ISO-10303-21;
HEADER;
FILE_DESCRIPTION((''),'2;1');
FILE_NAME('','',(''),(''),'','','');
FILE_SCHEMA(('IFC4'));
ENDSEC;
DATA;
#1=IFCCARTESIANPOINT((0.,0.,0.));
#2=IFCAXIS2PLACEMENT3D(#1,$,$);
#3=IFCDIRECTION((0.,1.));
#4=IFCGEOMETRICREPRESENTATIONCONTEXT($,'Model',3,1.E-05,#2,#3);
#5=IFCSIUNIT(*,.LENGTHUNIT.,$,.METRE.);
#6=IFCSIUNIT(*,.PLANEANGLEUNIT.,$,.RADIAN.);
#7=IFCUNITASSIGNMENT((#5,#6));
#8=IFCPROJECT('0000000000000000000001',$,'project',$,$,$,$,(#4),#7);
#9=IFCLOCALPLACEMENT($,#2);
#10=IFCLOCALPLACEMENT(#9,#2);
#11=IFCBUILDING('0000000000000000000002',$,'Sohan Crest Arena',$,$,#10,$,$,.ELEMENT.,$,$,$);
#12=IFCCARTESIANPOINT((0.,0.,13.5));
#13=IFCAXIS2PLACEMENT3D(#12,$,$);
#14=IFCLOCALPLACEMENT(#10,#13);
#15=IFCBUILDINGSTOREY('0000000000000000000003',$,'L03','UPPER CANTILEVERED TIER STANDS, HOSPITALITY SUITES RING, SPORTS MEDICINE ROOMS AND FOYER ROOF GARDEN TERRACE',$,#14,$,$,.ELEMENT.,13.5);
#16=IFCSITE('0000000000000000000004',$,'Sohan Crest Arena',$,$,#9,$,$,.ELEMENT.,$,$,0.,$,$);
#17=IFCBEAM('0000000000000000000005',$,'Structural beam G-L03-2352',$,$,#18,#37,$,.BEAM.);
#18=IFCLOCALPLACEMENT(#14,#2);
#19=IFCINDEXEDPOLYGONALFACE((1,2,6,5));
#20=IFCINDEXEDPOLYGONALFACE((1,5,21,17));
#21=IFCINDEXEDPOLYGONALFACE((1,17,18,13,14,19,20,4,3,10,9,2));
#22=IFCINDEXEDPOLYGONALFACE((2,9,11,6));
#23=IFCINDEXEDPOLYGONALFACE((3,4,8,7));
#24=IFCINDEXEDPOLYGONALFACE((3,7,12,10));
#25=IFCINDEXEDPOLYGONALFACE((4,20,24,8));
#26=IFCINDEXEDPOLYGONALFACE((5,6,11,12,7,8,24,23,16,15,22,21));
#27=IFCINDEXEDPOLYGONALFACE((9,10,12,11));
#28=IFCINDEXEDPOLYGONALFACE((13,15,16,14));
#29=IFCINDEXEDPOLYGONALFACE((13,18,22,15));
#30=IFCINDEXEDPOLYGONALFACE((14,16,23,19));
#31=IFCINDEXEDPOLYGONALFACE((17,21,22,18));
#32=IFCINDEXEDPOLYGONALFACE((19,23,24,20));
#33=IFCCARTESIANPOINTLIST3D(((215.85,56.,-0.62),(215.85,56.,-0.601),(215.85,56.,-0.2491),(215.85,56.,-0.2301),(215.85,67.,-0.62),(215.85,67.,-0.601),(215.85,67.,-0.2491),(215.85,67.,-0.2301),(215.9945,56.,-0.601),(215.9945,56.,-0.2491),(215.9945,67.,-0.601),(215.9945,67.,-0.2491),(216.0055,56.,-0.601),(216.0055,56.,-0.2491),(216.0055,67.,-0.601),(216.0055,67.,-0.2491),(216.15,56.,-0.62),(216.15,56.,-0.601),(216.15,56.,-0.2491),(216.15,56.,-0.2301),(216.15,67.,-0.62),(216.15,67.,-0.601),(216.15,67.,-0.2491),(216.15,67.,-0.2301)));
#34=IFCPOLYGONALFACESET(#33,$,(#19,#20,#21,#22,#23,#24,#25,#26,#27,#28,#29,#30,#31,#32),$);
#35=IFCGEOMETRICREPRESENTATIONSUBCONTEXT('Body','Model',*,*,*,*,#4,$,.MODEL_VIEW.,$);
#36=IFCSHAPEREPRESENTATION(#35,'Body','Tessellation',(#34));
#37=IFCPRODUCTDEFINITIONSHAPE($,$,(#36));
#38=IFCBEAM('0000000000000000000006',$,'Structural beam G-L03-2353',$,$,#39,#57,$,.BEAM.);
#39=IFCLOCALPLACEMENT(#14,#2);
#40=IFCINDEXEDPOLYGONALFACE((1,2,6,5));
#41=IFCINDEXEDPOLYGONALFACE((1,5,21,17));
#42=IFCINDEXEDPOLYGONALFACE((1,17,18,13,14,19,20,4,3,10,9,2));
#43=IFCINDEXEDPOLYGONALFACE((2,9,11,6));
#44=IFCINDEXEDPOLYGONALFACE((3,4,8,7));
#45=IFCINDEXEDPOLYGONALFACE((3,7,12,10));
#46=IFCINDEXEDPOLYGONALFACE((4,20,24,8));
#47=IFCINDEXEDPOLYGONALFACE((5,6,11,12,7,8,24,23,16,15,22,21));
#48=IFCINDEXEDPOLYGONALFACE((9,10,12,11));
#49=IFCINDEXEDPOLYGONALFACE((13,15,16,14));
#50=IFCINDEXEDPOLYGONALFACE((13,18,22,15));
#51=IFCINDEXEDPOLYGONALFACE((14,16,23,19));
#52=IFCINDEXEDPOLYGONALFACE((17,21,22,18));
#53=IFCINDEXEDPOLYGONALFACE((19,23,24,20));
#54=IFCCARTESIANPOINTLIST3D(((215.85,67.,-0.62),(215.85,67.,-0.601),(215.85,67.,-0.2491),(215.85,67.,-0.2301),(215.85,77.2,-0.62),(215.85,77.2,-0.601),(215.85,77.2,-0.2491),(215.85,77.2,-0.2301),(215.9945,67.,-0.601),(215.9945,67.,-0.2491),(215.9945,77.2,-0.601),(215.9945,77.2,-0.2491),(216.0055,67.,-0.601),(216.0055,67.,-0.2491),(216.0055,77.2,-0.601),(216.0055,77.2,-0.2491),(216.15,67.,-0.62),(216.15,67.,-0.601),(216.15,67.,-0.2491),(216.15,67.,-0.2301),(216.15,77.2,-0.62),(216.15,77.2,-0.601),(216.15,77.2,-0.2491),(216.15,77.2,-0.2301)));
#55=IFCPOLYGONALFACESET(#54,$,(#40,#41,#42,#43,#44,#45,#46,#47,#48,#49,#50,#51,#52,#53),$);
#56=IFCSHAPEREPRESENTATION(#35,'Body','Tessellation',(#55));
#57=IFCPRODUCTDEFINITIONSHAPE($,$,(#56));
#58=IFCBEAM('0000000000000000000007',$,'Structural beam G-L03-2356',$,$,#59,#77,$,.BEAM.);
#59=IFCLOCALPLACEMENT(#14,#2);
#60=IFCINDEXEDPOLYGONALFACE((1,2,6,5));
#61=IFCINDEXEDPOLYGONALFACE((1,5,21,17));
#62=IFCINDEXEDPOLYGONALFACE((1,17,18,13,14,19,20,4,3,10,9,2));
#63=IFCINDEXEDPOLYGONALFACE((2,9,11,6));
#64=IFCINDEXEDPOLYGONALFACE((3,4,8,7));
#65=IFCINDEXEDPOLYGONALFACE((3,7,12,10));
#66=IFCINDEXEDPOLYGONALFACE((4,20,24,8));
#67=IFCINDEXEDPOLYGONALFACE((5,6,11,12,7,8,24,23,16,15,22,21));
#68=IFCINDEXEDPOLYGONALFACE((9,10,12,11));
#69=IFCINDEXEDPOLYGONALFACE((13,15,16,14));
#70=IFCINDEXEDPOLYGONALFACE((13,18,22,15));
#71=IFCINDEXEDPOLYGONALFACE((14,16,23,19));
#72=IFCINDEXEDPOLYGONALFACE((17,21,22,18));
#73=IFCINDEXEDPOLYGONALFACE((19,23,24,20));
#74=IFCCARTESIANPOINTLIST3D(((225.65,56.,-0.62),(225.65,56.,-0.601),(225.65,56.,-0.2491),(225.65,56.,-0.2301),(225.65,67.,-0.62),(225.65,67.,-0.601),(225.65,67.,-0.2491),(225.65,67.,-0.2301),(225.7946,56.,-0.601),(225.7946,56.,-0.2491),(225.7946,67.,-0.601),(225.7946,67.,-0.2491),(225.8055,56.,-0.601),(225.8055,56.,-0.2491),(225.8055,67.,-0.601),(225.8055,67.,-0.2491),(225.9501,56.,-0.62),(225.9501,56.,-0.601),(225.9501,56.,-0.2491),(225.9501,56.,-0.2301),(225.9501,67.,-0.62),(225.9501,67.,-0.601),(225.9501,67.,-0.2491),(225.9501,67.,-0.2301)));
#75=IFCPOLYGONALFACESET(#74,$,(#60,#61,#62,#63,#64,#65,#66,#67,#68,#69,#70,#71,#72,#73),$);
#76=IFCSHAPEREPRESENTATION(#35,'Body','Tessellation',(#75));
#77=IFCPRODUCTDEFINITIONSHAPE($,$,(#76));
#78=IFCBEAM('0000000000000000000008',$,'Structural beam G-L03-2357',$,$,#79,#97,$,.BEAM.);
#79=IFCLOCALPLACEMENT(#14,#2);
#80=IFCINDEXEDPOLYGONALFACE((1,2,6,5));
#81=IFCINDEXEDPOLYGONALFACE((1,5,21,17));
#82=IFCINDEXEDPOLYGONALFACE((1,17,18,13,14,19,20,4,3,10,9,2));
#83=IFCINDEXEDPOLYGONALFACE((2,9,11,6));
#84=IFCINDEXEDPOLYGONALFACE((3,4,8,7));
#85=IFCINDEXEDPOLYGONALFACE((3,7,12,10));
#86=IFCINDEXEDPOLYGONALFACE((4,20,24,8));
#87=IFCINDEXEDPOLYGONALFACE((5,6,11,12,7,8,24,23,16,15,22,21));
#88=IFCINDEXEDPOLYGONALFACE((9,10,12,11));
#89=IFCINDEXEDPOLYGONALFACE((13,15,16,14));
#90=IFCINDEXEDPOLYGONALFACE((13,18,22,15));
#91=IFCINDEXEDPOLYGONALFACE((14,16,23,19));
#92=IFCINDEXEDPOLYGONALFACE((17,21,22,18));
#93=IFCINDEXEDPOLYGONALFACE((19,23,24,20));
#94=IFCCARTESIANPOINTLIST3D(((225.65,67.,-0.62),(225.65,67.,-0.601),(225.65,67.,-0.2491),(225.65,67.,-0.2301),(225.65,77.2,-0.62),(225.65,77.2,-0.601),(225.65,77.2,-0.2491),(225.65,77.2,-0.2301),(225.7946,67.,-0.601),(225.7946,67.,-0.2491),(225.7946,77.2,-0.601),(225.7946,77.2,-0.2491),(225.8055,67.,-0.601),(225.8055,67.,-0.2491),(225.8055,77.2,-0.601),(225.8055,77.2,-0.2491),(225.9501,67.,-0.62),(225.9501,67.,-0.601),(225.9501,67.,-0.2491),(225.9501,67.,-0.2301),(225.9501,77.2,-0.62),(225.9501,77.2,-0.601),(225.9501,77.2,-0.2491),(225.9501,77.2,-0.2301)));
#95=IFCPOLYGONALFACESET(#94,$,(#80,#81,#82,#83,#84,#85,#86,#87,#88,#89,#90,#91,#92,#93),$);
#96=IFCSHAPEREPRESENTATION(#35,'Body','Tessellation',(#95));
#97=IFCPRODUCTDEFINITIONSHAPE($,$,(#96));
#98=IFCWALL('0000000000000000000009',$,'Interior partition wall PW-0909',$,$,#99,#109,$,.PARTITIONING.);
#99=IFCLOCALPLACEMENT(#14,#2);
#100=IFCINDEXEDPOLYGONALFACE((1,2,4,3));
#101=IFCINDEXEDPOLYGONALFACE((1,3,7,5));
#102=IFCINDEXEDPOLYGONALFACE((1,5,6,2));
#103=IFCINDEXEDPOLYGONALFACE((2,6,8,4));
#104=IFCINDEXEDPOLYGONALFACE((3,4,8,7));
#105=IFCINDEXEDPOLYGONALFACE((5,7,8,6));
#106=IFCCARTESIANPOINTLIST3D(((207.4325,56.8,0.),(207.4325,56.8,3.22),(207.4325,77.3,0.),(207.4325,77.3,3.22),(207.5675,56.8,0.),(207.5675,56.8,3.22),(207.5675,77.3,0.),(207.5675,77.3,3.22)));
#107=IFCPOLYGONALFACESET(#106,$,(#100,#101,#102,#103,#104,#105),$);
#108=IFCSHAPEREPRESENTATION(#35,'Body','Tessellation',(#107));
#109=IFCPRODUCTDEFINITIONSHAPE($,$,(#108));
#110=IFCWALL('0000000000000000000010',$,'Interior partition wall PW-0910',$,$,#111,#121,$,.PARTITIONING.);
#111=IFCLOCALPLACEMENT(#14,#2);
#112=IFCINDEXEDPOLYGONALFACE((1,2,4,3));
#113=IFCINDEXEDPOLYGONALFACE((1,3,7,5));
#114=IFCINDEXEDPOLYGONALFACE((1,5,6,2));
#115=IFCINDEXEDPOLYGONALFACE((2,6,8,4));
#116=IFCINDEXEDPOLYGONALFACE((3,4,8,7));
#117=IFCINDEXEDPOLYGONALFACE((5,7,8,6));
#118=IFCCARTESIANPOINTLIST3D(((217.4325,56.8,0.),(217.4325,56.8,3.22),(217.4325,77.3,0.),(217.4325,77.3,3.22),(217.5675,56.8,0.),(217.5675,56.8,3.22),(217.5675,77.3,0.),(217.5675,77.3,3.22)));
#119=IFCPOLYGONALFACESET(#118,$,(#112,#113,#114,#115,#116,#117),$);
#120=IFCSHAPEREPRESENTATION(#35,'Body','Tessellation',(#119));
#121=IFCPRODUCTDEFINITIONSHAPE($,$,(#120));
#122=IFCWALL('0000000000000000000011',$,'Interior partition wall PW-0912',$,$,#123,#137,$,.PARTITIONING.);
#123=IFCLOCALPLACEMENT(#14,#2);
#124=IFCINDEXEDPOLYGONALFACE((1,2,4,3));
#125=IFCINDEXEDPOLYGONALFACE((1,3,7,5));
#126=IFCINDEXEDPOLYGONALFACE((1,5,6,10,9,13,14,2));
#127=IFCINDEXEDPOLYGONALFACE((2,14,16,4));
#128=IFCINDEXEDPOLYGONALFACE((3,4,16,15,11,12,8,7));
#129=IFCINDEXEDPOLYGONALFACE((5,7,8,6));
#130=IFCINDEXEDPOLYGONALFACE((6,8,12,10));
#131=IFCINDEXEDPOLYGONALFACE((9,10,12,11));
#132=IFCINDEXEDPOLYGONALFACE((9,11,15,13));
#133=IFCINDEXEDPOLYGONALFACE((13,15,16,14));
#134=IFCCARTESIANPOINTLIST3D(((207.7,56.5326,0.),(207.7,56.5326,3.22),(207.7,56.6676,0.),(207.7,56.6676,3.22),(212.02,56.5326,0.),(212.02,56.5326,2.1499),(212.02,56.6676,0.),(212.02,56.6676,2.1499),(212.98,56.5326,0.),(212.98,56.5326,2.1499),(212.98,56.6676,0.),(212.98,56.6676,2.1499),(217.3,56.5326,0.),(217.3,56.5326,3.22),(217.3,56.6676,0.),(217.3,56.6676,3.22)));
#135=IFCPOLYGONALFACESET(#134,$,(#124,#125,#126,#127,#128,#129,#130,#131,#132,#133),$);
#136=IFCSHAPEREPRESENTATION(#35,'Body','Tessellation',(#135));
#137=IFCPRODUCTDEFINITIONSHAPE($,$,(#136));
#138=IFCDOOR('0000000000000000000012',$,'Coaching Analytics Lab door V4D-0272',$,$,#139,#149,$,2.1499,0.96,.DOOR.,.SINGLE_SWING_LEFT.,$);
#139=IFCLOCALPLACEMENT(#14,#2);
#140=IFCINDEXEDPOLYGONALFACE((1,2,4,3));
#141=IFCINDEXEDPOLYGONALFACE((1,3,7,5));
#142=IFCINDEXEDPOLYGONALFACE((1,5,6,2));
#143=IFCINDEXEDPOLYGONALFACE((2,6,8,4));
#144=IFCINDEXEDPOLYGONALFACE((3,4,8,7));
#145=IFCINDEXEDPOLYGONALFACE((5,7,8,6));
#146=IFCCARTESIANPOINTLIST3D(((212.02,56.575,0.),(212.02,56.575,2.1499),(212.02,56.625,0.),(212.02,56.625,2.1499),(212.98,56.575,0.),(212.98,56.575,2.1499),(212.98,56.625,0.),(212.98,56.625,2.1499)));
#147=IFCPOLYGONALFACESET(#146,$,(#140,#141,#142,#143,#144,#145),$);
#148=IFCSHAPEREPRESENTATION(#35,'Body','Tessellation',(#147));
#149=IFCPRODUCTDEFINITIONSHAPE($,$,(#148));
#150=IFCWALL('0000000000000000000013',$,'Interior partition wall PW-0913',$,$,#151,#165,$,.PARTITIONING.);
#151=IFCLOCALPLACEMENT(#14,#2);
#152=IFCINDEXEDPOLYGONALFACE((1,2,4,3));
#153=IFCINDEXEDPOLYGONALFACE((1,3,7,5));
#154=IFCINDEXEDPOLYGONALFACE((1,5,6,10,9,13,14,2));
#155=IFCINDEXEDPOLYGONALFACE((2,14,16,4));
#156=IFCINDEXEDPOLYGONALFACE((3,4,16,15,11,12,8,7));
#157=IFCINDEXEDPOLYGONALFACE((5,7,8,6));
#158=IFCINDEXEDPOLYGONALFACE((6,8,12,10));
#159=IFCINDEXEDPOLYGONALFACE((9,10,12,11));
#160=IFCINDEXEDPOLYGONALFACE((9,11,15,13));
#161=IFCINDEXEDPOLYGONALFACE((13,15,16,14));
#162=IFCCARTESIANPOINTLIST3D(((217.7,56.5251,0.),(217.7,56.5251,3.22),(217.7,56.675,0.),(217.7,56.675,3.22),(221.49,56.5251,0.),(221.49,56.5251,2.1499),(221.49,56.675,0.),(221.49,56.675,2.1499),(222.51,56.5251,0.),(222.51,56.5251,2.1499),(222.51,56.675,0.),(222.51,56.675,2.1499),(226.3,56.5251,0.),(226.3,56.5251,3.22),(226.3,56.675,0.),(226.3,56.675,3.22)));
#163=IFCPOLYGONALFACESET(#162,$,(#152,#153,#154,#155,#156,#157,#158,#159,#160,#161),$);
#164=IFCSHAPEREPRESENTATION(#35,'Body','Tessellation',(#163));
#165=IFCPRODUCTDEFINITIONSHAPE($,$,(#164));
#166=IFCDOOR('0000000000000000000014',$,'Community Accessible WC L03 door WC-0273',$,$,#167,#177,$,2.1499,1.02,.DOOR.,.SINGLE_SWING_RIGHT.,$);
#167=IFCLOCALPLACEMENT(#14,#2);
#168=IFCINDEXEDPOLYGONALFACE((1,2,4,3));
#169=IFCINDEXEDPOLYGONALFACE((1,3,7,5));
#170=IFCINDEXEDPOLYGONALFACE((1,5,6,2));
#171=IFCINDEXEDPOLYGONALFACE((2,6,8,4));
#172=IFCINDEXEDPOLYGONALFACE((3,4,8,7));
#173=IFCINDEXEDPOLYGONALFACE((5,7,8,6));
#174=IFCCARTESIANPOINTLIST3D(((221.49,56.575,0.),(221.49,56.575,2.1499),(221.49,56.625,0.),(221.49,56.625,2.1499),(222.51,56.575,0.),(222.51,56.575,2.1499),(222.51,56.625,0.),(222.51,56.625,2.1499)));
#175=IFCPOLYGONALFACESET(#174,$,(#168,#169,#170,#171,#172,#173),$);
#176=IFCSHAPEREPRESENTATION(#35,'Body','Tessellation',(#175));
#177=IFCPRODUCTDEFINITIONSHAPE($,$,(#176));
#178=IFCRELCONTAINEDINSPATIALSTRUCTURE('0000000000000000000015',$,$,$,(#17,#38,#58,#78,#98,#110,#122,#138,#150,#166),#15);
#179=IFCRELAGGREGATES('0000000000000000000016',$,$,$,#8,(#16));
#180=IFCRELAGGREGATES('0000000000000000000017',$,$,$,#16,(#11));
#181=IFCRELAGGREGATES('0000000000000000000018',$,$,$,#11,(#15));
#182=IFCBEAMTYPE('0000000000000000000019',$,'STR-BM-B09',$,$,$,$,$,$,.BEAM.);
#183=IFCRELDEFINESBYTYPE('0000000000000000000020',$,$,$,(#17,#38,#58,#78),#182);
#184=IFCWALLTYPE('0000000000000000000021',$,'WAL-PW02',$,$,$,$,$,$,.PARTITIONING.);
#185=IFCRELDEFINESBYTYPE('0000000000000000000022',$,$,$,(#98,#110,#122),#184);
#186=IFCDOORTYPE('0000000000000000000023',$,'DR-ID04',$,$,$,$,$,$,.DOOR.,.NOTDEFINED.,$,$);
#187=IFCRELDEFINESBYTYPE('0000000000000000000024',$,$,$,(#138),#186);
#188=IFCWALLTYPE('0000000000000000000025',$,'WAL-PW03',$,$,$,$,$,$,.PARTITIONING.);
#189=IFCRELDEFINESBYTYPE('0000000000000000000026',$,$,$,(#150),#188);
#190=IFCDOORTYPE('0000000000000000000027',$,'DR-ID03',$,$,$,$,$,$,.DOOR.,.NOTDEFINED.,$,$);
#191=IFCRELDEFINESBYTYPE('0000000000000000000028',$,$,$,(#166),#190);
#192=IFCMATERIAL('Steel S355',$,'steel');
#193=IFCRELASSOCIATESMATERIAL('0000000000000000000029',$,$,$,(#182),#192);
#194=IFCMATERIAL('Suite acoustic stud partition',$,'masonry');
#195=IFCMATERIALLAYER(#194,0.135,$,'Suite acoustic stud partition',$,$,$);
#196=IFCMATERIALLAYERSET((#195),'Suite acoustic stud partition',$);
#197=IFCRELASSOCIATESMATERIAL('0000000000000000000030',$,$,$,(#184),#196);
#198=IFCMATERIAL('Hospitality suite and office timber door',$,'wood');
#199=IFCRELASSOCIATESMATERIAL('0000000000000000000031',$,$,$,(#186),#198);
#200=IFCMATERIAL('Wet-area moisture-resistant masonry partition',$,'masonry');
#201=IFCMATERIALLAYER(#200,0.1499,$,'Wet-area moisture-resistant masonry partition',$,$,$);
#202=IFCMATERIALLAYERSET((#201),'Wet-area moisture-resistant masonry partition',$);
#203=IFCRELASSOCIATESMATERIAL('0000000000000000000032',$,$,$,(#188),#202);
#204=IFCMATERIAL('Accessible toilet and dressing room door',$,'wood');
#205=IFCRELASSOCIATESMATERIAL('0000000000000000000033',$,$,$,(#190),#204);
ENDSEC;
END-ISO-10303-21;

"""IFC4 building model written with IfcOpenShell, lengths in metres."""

from ifc_helpers import new_model, si_unit, direction, frame, frame_2d, origin, origin_2d, place, context, subcontext, project, spatial, rectangle, i_section, extrude, material, layer, layer_set, material_profile, profile_set, type_object, element, fill, save


model = new_model("IFC4")

# Units and contexts
model_context = context("Model", 3, precision=1e-05, world=origin(), true_north=direction((0.0, 1.0)))
body_context = subcontext(model_context, "Body", "Model", "MODEL_VIEW")
ifc_project = project(units=[si_unit("LENGTHUNIT", "METRE"), si_unit("PLANEANGLEUNIT", "RADIAN")], contexts=[model_context])

# Site, building, storey
site_placement = place(None, origin())
site = spatial("IfcSite", under=ifc_project, at=site_placement, Name="Sohan Crest Arena", CompositionType="ELEMENT", RefElevation=0.0)
building_placement = place(site_placement, origin())
building = spatial("IfcBuilding", under=site, at=building_placement, Name="Sohan Crest Arena", CompositionType="ELEMENT")
storey_placement = place(building_placement, frame((0.0, 0.0, 13.5)))
storey = spatial("IfcBuildingStorey", under=building, at=storey_placement, Name="L03", Description="UPPER CANTILEVERED TIER STANDS, HOSPITALITY SUITES RING, SPORTS MEDICINE ROOMS AND FOYER ROOF GARDEN TERRACE", CompositionType="ELEMENT", Elevation=13.5)

# Beams
ifc_material_1 = material(Name="Steel S355", Category="steel")
ifc_material_profile_1 = material_profile(ifc_material_1, i_section(OverallWidth=0.3, OverallDepth=0.3899, WebThickness=0.011, FlangeThickness=0.019, at=origin_2d()), Name="HEA 400")
ifc_profile_set_1 = profile_set([ifc_material_profile_1], Name="Steel S355")
beam_type_1 = type_object("IfcBeamType", Name="STR-BM-B09", PredefinedType="BEAM", material=ifc_profile_set_1)
beam_1_placement = place(storey_placement, frame((216.0, 56.0, -0.425), z_axis=(0.0, 1.0, 0.0), x_axis=(-1.0, 0.0, 0.0)))
element("IfcBeam", 1, at=beam_1_placement, inside=storey, type_object=beam_type_1, Name="Structural beam G-L03-2352", PredefinedType="BEAM", context=body_context, shape_type="SweptSolid", body=[
    extrude(i_section(OverallWidth=0.3, OverallDepth=0.3899, WebThickness=0.011, FlangeThickness=0.019, at=origin_2d()), origin(), (0.0, 0.0, 1.0), 11.0),
])
beam_2_placement = place(storey_placement, frame((216.0, 67.0, -0.425), z_axis=(0.0, 1.0, 0.0), x_axis=(-1.0, 0.0, 0.0)))
element("IfcBeam", 2, at=beam_2_placement, inside=storey, type_object=beam_type_1, Name="Structural beam G-L03-2353", PredefinedType="BEAM", context=body_context, shape_type="SweptSolid", body=[
    extrude(i_section(OverallWidth=0.3, OverallDepth=0.3899, WebThickness=0.011, FlangeThickness=0.019, at=origin_2d()), origin(), (0.0, 0.0, 1.0), 10.2),
])
beam_3_placement = place(storey_placement, frame((225.8, 56.0, -0.425), z_axis=(0.0, 1.0, 0.0), x_axis=(-1.0, 0.0, 0.0)))
element("IfcBeam", 3, at=beam_3_placement, inside=storey, type_object=beam_type_1, Name="Structural beam G-L03-2356", PredefinedType="BEAM", context=body_context, shape_type="SweptSolid", body=[
    extrude(i_section(OverallWidth=0.3, OverallDepth=0.3899, WebThickness=0.011, FlangeThickness=0.019, at=origin_2d()), origin(), (0.0, 0.0, 1.0), 11.0),
])
beam_4_placement = place(storey_placement, frame((225.8, 67.0, -0.425), z_axis=(0.0, 1.0, 0.0), x_axis=(-1.0, 0.0, 0.0)))
element("IfcBeam", 4, at=beam_4_placement, inside=storey, type_object=beam_type_1, Name="Structural beam G-L03-2357", PredefinedType="BEAM", context=body_context, shape_type="SweptSolid", body=[
    extrude(i_section(OverallWidth=0.3, OverallDepth=0.3899, WebThickness=0.011, FlangeThickness=0.019, at=origin_2d()), origin(), (0.0, 0.0, 1.0), 10.2),
])

# Walls
ifc_material_2 = material(Name="Suite acoustic stud partition", Category="masonry")
ifc_layer_1 = layer(ifc_material_2, 0.135, Name="Suite acoustic stud partition")
ifc_layer_set_1 = layer_set([ifc_layer_1], Name="Suite acoustic stud partition")
wall_type_1 = type_object("IfcWallType", Name="WAL-PW02", PredefinedType="PARTITIONING", material=ifc_layer_set_1)
for number, where, z_axis, x_axis, name in (
    (5, (207.5, 56.8, 0.0), (0.0, 0.0, 1.0), (0.0, 1.0, 0.0), "Interior partition wall PW-0909"),
    (6, (217.5, 56.8, 0.0), (0.0, 0.0, 1.0), (0.0, 1.0, 0.0), "Interior partition wall PW-0910"),
):
    element("IfcWall", number, at=place(storey_placement, frame(where, z_axis=z_axis, x_axis=x_axis)), inside=storey, type_object=wall_type_1, Name=name, PredefinedType="PARTITIONING", context=body_context, shape_type="SweptSolid", body=[
        extrude(rectangle(XDim=20.5, YDim=0.135, at=frame_2d((10.25, 0.0))), origin(), (0.0, 0.0, 1.0), 3.22),
    ])

# Walls, openings, doors
wall_1_placement = place(storey_placement, frame((207.7, 56.6001, 0.0), z_axis=(0.0, 0.0, 1.0), x_axis=(1.0, 0.0, 0.0)))
wall_1 = element("IfcWall", 7, at=wall_1_placement, inside=storey, type_object=wall_type_1, Name="Interior partition wall PW-0912", PredefinedType="PARTITIONING", context=body_context, shape_type="SweptSolid", body=[
    extrude(rectangle(XDim=9.6001, YDim=0.135, at=frame_2d((4.8, 0.0))), origin(), (0.0, 0.0, 1.0), 3.22),
])
opening_1_placement = place(wall_1_placement, frame((4.3201, 0.0, 0.0)))
opening_1 = element("IfcOpeningElement", 8, at=opening_1_placement, cuts=wall_1, PredefinedType="OPENING", context=body_context, shape_type="SweptSolid", body=[
    extrude(rectangle(XDim=0.96, YDim=2.1499, at=frame_2d((0.48, 1.075))), frame((0.0, 0.0774, 0.0), z_axis=(0.0, -1.0, 0.0), x_axis=(1.0, 0.0, 0.0)), (0.0, 0.0, 1.0), 0.155),
])
ifc_material_3 = material(Name="Hospitality suite and office timber door", Category="wood")
door_type_1 = type_object("IfcDoorType", Name="DR-ID04", OperationType="NOTDEFINED", PredefinedType="DOOR", material=ifc_material_3)
door_1_placement = place(opening_1_placement, origin())
door_1 = element("IfcDoor", 9, at=door_1_placement, inside=storey, type_object=door_type_1, Name="Coaching Analytics Lab door V4D-0272", OperationType="SINGLE_SWING_LEFT", OverallHeight=2.1499, OverallWidth=0.96, PredefinedType="DOOR", context=body_context, shape_type="SweptSolid", body=[
    extrude(rectangle(XDim=0.96, YDim=2.1499, at=frame_2d((0.48, 1.075))), frame((0.0, 0.0249, 0.0), z_axis=(0.0, -1.0, 0.0), x_axis=(1.0, 0.0, 0.0)), (0.0, 0.0, 1.0), 0.05),
])
fill(opening_1, door_1)
ifc_material_4 = material(Name="Wet-area moisture-resistant masonry partition", Category="masonry")
ifc_layer_2 = layer(ifc_material_4, 0.1499, Name="Wet-area moisture-resistant masonry partition")
ifc_layer_set_2 = layer_set([ifc_layer_2], Name="Wet-area moisture-resistant masonry partition")
wall_type_2 = type_object("IfcWallType", Name="WAL-PW03", PredefinedType="PARTITIONING", material=ifc_layer_set_2)
wall_2_placement = place(storey_placement, frame((217.7, 56.6001, 0.0), z_axis=(0.0, 0.0, 1.0), x_axis=(1.0, 0.0, 0.0)))
wall_2 = element("IfcWall", 10, at=wall_2_placement, inside=storey, type_object=wall_type_2, Name="Interior partition wall PW-0913", PredefinedType="PARTITIONING", context=body_context, shape_type="SweptSolid", body=[
    extrude(rectangle(XDim=8.6001, YDim=0.1499, at=frame_2d((4.3, 0.0))), origin(), (0.0, 0.0, 1.0), 3.22),
])
opening_2_placement = place(wall_2_placement, frame((3.79, 0.0, 0.0)))
opening_2 = element("IfcOpeningElement", 11, at=opening_2_placement, cuts=wall_2, PredefinedType="OPENING", context=body_context, shape_type="SweptSolid", body=[
    extrude(rectangle(XDim=1.02, YDim=2.1499, at=frame_2d((0.51, 1.075))), frame((0.0, 0.085, 0.0), z_axis=(0.0, -1.0, 0.0), x_axis=(1.0, 0.0, 0.0)), (0.0, 0.0, 1.0), 0.1699),
])
ifc_material_5 = material(Name="Accessible toilet and dressing room door", Category="wood")
door_type_2 = type_object("IfcDoorType", Name="DR-ID03", OperationType="NOTDEFINED", PredefinedType="DOOR", material=ifc_material_5)
door_2_placement = place(opening_2_placement, origin())
door_2 = element("IfcDoor", 12, at=door_2_placement, inside=storey, type_object=door_type_2, Name="Community Accessible WC L03 door WC-0273", OperationType="SINGLE_SWING_RIGHT", OverallHeight=2.1499, OverallWidth=1.02, PredefinedType="DOOR", context=body_context, shape_type="SweptSolid", body=[
    extrude(rectangle(XDim=1.02, YDim=2.1499, at=frame_2d((0.51, 1.075))), frame((0.0, 0.0249, 0.0), z_axis=(0.0, -1.0, 0.0), x_axis=(1.0, 0.0, 0.0)), (0.0, 0.0, 1.0), 0.05),
])
fill(opening_2, door_2)

save(model, "model.ifc")
